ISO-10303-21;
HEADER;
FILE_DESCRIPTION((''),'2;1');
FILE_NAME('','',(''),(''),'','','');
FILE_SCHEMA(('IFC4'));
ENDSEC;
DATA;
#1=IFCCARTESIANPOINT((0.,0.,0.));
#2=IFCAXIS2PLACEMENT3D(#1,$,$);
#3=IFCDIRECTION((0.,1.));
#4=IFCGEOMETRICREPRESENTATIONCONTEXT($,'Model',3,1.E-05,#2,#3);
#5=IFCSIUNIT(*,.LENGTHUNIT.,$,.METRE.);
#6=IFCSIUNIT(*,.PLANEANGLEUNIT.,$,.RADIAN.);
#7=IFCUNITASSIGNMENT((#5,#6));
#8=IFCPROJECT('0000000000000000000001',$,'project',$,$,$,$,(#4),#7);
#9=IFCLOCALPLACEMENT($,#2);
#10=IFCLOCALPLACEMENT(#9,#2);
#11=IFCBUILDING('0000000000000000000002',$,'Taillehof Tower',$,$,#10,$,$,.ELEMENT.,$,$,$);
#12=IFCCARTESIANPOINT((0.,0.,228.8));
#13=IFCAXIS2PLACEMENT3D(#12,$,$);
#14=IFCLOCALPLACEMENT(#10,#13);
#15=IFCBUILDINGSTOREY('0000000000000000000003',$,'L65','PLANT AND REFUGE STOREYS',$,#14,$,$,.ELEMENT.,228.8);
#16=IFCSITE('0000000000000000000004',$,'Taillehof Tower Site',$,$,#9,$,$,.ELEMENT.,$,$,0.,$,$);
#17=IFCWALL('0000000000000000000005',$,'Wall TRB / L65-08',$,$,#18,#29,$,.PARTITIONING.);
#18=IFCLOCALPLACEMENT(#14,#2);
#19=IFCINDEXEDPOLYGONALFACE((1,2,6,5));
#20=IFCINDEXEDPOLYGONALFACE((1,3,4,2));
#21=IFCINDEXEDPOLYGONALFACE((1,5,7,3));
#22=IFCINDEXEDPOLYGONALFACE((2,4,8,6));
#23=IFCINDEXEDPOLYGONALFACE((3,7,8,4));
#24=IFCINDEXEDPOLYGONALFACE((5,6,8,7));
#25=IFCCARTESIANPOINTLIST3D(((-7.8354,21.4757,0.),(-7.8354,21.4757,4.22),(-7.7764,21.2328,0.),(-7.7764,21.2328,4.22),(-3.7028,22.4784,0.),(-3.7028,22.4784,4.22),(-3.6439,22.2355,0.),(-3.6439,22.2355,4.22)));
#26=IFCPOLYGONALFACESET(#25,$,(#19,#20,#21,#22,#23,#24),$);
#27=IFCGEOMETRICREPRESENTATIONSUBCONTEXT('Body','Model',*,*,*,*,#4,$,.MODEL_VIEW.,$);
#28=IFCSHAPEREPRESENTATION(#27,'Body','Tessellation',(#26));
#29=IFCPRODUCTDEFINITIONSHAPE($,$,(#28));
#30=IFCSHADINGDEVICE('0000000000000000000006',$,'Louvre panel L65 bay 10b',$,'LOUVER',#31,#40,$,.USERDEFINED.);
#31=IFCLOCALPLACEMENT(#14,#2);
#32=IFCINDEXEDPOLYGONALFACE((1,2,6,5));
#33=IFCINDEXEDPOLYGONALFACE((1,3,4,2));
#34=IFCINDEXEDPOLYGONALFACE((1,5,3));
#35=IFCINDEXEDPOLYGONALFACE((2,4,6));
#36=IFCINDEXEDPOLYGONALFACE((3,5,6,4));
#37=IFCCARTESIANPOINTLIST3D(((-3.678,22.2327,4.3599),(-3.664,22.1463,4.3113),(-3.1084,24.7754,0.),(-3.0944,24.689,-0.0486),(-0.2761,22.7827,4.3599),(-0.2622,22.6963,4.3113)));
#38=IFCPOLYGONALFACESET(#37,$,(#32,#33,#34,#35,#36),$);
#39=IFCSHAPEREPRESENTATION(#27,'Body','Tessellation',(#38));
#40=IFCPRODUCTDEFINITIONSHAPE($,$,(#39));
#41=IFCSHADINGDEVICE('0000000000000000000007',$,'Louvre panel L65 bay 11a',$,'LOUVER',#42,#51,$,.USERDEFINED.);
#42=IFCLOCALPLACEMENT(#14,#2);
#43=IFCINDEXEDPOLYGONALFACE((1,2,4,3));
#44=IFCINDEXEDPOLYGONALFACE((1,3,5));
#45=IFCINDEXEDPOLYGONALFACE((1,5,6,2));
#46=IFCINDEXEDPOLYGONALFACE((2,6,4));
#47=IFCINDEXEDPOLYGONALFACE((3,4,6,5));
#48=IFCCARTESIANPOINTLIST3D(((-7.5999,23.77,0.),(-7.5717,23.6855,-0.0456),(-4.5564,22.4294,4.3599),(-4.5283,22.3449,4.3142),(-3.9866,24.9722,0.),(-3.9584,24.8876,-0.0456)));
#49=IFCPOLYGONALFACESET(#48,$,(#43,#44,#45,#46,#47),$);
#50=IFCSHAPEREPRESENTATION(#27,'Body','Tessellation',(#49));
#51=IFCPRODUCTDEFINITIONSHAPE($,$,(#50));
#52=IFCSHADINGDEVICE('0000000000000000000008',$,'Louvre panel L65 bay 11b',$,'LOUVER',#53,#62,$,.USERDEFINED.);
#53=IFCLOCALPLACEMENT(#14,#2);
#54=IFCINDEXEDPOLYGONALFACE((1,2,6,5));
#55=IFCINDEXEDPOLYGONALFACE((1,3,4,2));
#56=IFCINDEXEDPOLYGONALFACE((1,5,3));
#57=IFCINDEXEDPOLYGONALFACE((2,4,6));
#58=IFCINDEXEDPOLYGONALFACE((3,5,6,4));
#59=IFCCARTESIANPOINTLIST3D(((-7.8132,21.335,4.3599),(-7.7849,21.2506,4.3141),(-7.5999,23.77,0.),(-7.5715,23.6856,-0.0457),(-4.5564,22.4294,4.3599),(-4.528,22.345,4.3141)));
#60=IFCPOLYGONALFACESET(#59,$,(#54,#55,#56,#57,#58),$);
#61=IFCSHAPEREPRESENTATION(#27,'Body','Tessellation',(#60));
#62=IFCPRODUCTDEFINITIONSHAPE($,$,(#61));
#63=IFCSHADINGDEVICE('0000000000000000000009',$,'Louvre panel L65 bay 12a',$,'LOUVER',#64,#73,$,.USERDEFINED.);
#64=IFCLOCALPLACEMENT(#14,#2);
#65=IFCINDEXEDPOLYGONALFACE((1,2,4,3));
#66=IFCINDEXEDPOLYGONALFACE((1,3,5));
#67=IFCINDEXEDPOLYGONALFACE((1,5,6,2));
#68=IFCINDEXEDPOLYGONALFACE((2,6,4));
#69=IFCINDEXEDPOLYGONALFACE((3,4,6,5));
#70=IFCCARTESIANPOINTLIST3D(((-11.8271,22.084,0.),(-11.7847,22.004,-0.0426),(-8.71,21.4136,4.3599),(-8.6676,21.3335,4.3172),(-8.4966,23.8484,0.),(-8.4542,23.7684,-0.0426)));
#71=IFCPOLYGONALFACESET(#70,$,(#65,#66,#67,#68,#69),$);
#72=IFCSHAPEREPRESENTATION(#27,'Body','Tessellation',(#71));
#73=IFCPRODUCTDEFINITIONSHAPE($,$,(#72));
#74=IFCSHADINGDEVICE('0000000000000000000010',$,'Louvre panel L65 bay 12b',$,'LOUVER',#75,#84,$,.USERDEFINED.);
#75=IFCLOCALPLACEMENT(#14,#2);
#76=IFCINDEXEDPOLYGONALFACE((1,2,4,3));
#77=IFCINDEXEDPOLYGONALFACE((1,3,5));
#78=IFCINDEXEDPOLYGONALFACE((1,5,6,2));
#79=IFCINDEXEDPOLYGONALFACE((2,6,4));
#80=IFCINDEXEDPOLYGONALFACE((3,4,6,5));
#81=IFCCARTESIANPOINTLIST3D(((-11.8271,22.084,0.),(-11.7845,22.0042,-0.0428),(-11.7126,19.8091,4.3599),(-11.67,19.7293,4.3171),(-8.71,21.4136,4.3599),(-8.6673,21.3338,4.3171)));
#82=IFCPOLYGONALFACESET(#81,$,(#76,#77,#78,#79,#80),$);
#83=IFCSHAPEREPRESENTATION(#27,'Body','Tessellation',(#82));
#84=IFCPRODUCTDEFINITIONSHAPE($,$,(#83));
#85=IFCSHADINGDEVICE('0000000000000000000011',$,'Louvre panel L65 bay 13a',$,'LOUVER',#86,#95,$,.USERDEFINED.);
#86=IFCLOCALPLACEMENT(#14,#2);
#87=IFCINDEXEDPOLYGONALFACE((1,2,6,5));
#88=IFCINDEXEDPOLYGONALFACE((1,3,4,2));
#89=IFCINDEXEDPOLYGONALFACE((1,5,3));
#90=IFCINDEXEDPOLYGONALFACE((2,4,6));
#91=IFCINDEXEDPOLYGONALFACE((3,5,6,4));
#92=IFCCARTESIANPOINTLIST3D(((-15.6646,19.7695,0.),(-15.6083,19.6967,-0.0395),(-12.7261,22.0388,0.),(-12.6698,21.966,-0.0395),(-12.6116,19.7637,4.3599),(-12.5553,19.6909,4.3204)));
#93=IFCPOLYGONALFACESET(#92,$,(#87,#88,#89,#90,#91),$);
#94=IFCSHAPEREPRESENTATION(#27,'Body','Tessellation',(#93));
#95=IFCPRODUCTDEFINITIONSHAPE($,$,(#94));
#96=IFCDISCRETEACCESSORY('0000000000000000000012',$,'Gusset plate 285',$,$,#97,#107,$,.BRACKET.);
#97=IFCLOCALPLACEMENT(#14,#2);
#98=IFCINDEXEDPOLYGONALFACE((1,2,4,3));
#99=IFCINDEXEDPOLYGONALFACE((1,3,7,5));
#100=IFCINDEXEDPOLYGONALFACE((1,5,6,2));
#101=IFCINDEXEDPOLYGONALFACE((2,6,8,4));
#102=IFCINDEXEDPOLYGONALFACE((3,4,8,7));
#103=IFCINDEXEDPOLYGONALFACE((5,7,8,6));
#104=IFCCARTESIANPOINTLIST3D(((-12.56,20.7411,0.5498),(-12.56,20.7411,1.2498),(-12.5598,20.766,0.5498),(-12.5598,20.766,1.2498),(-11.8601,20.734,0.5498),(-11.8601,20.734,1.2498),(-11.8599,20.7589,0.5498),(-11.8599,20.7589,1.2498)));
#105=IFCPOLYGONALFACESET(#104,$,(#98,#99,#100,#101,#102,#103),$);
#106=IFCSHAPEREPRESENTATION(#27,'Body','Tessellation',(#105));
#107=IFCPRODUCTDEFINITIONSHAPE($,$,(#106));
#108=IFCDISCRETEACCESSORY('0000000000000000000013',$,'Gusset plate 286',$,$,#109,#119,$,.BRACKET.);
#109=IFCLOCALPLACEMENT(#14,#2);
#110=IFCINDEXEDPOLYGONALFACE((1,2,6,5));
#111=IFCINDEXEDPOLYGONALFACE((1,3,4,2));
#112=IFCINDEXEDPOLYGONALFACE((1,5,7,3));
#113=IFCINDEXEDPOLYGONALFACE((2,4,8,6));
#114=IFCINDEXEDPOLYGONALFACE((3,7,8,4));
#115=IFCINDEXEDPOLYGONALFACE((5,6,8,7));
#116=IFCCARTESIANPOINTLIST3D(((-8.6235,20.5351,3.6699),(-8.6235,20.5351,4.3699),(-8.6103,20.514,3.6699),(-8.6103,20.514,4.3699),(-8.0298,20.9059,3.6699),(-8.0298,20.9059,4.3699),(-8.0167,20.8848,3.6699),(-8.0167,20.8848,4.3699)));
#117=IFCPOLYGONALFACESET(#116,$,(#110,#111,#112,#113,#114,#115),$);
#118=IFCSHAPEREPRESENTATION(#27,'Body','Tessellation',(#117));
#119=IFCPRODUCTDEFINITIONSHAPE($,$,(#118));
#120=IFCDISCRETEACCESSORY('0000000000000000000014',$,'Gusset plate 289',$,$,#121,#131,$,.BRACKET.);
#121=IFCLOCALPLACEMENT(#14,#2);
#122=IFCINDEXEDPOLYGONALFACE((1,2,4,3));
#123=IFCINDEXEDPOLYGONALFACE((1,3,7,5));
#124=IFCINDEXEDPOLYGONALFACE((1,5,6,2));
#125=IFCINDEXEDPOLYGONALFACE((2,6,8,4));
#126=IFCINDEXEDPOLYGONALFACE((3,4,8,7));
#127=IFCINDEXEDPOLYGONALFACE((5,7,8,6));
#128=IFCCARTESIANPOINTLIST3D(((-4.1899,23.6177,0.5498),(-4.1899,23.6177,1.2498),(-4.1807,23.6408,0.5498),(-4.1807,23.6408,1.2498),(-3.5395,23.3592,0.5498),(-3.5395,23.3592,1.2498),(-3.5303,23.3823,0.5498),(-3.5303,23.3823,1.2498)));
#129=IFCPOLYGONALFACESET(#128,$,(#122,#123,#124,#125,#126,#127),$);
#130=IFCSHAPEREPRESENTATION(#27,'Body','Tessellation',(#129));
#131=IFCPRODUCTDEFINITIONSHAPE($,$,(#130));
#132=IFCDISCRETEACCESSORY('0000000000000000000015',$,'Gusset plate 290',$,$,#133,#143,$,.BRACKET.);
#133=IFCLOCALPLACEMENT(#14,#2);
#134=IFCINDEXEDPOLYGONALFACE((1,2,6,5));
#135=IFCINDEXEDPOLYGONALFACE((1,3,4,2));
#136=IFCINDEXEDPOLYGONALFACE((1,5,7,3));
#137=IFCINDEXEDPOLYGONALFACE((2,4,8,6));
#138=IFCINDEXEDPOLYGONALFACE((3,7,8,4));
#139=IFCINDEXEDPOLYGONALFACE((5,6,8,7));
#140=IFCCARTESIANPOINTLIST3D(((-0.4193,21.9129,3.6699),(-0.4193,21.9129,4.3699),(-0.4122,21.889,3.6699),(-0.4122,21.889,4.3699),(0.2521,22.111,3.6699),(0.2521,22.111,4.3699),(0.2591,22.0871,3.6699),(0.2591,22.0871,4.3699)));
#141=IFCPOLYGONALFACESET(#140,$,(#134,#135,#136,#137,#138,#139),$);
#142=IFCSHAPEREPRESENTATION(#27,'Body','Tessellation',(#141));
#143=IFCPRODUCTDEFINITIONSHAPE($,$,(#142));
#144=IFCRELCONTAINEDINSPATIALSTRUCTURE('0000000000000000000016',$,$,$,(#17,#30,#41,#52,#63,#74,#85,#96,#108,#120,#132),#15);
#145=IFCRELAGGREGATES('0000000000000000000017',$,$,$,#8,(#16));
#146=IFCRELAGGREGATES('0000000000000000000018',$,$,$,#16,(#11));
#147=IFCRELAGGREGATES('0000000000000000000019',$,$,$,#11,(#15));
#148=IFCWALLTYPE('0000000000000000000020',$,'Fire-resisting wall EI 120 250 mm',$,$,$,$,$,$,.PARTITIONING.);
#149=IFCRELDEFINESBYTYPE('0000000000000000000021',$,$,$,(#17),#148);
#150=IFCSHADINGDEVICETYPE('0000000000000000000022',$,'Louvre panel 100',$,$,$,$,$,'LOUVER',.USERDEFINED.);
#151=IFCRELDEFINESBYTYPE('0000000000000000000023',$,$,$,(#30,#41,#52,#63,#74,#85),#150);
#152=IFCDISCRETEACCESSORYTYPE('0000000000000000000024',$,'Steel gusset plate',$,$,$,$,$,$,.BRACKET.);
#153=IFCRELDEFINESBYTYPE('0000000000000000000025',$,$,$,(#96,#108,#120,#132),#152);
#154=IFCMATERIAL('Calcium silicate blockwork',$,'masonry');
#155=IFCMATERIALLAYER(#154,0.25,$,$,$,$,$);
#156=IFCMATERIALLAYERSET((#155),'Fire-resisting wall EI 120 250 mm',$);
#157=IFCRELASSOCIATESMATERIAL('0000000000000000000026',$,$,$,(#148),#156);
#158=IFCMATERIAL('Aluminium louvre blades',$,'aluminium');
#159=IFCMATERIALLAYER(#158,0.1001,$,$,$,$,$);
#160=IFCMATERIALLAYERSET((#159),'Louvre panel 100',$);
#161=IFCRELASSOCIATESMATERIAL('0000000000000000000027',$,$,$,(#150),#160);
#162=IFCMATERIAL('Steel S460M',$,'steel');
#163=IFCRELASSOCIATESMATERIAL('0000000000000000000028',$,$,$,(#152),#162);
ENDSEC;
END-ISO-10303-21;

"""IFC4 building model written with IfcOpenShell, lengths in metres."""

from ifc_helpers import new_model, si_unit, direction, frame, frame_2d, origin, origin_2d, place, context, subcontext, project, spatial, polyline, rectangle, outline, extrude, material, layer, layer_set, type_object, element, save


model = new_model("IFC4")

# Units and contexts
model_context = context("Model", 3, precision=1e-05, world=origin(), true_north=direction((0.0, 1.0)))
body_context = subcontext(model_context, "Body", "Model", "MODEL_VIEW")
ifc_project = project(units=[si_unit("LENGTHUNIT", "METRE"), si_unit("PLANEANGLEUNIT", "RADIAN")], contexts=[model_context])

# Site, building, storey
site_placement = place(None, origin())
site = spatial("IfcSite", under=ifc_project, at=site_placement, Name="Taillehof Tower Site", CompositionType="ELEMENT", RefElevation=0.0)
building_placement = place(site_placement, origin())
building = spatial("IfcBuilding", under=site, at=building_placement, Name="Taillehof Tower", CompositionType="ELEMENT")
storey_placement = place(building_placement, frame((0.0, 0.0, 228.8)))
storey = spatial("IfcBuildingStorey", under=building, at=storey_placement, Name="L65", Description="PLANT AND REFUGE STOREYS", CompositionType="ELEMENT", Elevation=228.8)

# Wall
ifc_material_1 = material(Name="Calcium silicate blockwork", Category="masonry")
ifc_layer_1 = layer(ifc_material_1, 0.25)
ifc_layer_set_1 = layer_set([ifc_layer_1], Name="Fire-resisting wall EI 120 250 mm")
wall_type = type_object("IfcWallType", Name="Fire-resisting wall EI 120 250 mm", PredefinedType="PARTITIONING", material=ifc_layer_set_1)
wall_1_placement = place(storey_placement, frame((-3.6733, 22.3569, 0.0), z_axis=(0.0, 0.0, 1.0), x_axis=(-0.971804, -0.235789, 0.0)))
element("IfcWall", 1, at=wall_1_placement, inside=storey, type_object=wall_type, Name="Wall TRB / L65-08", PredefinedType="PARTITIONING", context=body_context, shape_type="SweptSolid", body=[
    extrude(rectangle(XDim=4.2524, YDim=0.25, at=frame_2d((2.1262, 0.0))), origin(), (0.0, 0.0, 1.0), 4.22),
])

# Shading devices
ifc_material_2 = material(Name="Aluminium louvre blades", Category="aluminium")
ifc_layer_2 = layer(ifc_material_2, 0.1001)
ifc_layer_set_2 = layer_set([ifc_layer_2], Name="Louvre panel 100")
shading_device_type = type_object("IfcShadingDeviceType", Name="Louvre panel 100", ElementType="LOUVER", PredefinedType="USERDEFINED", material=ifc_layer_set_2)
shading_device_1_placement = place(storey_placement, frame((-3.1084, 24.7754, 0.0), z_axis=(-0.139571, 0.863196, 0.485193), x_axis=(-0.11214, -0.500615, 0.858376)))
element("IfcShadingDevice", 2, at=shading_device_1_placement, inside=storey, type_object=shading_device_type, Name="Louvre panel L65 bay 10b", ObjectType="LOUVER", PredefinedType="USERDEFINED", context=body_context, shape_type="SweptSolid", body=[
    extrude(outline(polyline([(0.0, 0.0), (5.0792, 0.0), (4.4224, 3.3829), (0.0, 0.0)])), origin(), (0.0, 0.0, -1.0), 0.1001),
])
shading_device_2_placement = place(storey_placement, frame((-3.9866, 24.9722, 0.0), z_axis=(-0.280985, 0.844552, 0.455829), x_axis=(-0.948863, -0.315689, 0.0)))
element("IfcShadingDevice", 3, at=shading_device_2_placement, inside=storey, type_object=shading_device_type, Name="Louvre panel L65 bay 11a", ObjectType="LOUVER", PredefinedType="USERDEFINED", context=body_context, shape_type="SweptSolid", body=[
    extrude(outline(polyline([(0.0, 0.0), (3.808, 0.0), (1.3434, 4.8984), (0.0, 0.0)])), origin(), (0.0, 0.0, -1.0), 0.1001),
])
shading_device_3_placement = place(storey_placement, frame((-7.5999, 23.77, 0.0), z_axis=(-0.283335, 0.843117, 0.457028), x_axis=(-0.04269, -0.487173, 0.872261)))
element("IfcShadingDevice", 4, at=shading_device_3_placement, inside=storey, type_object=shading_device_type, Name="Louvre panel L65 bay 11b", ObjectType="LOUVER", PredefinedType="USERDEFINED", context=body_context, shape_type="SweptSolid", body=[
    extrude(outline(polyline([(0.0, 0.0), (4.9983, 0.0), (4.3261, 3.3694), (0.0, 0.0)])), origin(), (0.0, 0.0, -1.0), 0.1001),
])
shading_device_4_placement = place(storey_placement, frame((-8.4966, 23.8484, 0.0), z_axis=(-0.423573, 0.799555, 0.42579), x_axis=(-0.88366, -0.468129, 0.0)))
element("IfcShadingDevice", 5, at=shading_device_4_placement, inside=storey, type_object=shading_device_type, Name="Louvre panel L65 bay 12a", ObjectType="LOUVER", PredefinedType="USERDEFINED", context=body_context, shape_type="SweptSolid", body=[
    extrude(outline(polyline([(0.0, 0.0), (3.7691, 0.0), (1.3284, 4.8185), (0.0, 0.0)])), origin(), (0.0, 0.0, -1.0), 0.1001),
])
shading_device_5_placement = place(storey_placement, frame((-11.8271, 22.084, 0.0), z_axis=(-0.426103, 0.797419, 0.42727), x_axis=(0.023277, -0.462471, 0.886329)))
element("IfcShadingDevice", 6, at=shading_device_5_placement, inside=storey, type_object=shading_device_type, Name="Louvre panel L65 bay 12b", ObjectType="LOUVER", PredefinedType="USERDEFINED", context=body_context, shape_type="SweptSolid", body=[
    extrude(outline(polyline([(0.0, 0.0), (4.919, 0.0), (4.2469, 3.3375), (0.0, 0.0)])), origin(), (0.0, 0.0, -1.0), 0.1001),
])
shading_device_6_placement = place(storey_placement, frame((-12.7261, 22.0388, 0.0), z_axis=(-0.561698, 0.727337, 0.394305), x_axis=(-0.791461, -0.611219, 0.0)))
element("IfcShadingDevice", 7, at=shading_device_6_placement, inside=storey, type_object=shading_device_type, Name="Louvre panel L65 bay 13a", ObjectType="LOUVER", PredefinedType="USERDEFINED", context=body_context, shape_type="SweptSolid", body=[
    extrude(outline(polyline([(0.0, 0.0), (3.7127, 0.0), (1.3, 4.7442), (0.0, 0.0)])), origin(), (0.0, 0.0, -1.0), 0.1001),
])

# Discrete accessories
ifc_material_3 = material(Name="Steel S460M", Category="steel")
discrete_accessory_type = type_object("IfcDiscreteAccessoryType", Name="Steel gusset plate", PredefinedType="BRACKET", material=ifc_material_3)
for number, where, z_axis, x_axis, name in (
    (8, (-12.21, 20.75, 0.5498), (0.0, 0.0, 1.0), (-0.99995, 0.010049, 0.0), "Gusset plate 285"),
    (9, (-8.3201, 20.71, 3.6699), (0.0, 0.0, 1.0), (-0.848105, -0.529829, 0.0), "Gusset plate 286"),
    (10, (-3.8601, 23.5, 0.5498), (0.0, 0.0, 1.0), (-0.929314, 0.369291, 0.0), "Gusset plate 289"),
    (11, (-0.0801, 22.0, 3.6699), (0.0, 0.0, 1.0), (-0.959093, -0.283091, 0.0), "Gusset plate 290"),
):
    element("IfcDiscreteAccessory", number, at=place(storey_placement, frame(where, z_axis=z_axis, x_axis=x_axis)), inside=storey, type_object=discrete_accessory_type, Name=name, PredefinedType="BRACKET", context=body_context, shape_type="SweptSolid", body=[
        extrude(rectangle(XDim=0.7, YDim=0.0249, at=origin_2d()), origin(), (0.0, 0.0, 1.0), 0.7),
    ])

save(model, "model.ifc")
